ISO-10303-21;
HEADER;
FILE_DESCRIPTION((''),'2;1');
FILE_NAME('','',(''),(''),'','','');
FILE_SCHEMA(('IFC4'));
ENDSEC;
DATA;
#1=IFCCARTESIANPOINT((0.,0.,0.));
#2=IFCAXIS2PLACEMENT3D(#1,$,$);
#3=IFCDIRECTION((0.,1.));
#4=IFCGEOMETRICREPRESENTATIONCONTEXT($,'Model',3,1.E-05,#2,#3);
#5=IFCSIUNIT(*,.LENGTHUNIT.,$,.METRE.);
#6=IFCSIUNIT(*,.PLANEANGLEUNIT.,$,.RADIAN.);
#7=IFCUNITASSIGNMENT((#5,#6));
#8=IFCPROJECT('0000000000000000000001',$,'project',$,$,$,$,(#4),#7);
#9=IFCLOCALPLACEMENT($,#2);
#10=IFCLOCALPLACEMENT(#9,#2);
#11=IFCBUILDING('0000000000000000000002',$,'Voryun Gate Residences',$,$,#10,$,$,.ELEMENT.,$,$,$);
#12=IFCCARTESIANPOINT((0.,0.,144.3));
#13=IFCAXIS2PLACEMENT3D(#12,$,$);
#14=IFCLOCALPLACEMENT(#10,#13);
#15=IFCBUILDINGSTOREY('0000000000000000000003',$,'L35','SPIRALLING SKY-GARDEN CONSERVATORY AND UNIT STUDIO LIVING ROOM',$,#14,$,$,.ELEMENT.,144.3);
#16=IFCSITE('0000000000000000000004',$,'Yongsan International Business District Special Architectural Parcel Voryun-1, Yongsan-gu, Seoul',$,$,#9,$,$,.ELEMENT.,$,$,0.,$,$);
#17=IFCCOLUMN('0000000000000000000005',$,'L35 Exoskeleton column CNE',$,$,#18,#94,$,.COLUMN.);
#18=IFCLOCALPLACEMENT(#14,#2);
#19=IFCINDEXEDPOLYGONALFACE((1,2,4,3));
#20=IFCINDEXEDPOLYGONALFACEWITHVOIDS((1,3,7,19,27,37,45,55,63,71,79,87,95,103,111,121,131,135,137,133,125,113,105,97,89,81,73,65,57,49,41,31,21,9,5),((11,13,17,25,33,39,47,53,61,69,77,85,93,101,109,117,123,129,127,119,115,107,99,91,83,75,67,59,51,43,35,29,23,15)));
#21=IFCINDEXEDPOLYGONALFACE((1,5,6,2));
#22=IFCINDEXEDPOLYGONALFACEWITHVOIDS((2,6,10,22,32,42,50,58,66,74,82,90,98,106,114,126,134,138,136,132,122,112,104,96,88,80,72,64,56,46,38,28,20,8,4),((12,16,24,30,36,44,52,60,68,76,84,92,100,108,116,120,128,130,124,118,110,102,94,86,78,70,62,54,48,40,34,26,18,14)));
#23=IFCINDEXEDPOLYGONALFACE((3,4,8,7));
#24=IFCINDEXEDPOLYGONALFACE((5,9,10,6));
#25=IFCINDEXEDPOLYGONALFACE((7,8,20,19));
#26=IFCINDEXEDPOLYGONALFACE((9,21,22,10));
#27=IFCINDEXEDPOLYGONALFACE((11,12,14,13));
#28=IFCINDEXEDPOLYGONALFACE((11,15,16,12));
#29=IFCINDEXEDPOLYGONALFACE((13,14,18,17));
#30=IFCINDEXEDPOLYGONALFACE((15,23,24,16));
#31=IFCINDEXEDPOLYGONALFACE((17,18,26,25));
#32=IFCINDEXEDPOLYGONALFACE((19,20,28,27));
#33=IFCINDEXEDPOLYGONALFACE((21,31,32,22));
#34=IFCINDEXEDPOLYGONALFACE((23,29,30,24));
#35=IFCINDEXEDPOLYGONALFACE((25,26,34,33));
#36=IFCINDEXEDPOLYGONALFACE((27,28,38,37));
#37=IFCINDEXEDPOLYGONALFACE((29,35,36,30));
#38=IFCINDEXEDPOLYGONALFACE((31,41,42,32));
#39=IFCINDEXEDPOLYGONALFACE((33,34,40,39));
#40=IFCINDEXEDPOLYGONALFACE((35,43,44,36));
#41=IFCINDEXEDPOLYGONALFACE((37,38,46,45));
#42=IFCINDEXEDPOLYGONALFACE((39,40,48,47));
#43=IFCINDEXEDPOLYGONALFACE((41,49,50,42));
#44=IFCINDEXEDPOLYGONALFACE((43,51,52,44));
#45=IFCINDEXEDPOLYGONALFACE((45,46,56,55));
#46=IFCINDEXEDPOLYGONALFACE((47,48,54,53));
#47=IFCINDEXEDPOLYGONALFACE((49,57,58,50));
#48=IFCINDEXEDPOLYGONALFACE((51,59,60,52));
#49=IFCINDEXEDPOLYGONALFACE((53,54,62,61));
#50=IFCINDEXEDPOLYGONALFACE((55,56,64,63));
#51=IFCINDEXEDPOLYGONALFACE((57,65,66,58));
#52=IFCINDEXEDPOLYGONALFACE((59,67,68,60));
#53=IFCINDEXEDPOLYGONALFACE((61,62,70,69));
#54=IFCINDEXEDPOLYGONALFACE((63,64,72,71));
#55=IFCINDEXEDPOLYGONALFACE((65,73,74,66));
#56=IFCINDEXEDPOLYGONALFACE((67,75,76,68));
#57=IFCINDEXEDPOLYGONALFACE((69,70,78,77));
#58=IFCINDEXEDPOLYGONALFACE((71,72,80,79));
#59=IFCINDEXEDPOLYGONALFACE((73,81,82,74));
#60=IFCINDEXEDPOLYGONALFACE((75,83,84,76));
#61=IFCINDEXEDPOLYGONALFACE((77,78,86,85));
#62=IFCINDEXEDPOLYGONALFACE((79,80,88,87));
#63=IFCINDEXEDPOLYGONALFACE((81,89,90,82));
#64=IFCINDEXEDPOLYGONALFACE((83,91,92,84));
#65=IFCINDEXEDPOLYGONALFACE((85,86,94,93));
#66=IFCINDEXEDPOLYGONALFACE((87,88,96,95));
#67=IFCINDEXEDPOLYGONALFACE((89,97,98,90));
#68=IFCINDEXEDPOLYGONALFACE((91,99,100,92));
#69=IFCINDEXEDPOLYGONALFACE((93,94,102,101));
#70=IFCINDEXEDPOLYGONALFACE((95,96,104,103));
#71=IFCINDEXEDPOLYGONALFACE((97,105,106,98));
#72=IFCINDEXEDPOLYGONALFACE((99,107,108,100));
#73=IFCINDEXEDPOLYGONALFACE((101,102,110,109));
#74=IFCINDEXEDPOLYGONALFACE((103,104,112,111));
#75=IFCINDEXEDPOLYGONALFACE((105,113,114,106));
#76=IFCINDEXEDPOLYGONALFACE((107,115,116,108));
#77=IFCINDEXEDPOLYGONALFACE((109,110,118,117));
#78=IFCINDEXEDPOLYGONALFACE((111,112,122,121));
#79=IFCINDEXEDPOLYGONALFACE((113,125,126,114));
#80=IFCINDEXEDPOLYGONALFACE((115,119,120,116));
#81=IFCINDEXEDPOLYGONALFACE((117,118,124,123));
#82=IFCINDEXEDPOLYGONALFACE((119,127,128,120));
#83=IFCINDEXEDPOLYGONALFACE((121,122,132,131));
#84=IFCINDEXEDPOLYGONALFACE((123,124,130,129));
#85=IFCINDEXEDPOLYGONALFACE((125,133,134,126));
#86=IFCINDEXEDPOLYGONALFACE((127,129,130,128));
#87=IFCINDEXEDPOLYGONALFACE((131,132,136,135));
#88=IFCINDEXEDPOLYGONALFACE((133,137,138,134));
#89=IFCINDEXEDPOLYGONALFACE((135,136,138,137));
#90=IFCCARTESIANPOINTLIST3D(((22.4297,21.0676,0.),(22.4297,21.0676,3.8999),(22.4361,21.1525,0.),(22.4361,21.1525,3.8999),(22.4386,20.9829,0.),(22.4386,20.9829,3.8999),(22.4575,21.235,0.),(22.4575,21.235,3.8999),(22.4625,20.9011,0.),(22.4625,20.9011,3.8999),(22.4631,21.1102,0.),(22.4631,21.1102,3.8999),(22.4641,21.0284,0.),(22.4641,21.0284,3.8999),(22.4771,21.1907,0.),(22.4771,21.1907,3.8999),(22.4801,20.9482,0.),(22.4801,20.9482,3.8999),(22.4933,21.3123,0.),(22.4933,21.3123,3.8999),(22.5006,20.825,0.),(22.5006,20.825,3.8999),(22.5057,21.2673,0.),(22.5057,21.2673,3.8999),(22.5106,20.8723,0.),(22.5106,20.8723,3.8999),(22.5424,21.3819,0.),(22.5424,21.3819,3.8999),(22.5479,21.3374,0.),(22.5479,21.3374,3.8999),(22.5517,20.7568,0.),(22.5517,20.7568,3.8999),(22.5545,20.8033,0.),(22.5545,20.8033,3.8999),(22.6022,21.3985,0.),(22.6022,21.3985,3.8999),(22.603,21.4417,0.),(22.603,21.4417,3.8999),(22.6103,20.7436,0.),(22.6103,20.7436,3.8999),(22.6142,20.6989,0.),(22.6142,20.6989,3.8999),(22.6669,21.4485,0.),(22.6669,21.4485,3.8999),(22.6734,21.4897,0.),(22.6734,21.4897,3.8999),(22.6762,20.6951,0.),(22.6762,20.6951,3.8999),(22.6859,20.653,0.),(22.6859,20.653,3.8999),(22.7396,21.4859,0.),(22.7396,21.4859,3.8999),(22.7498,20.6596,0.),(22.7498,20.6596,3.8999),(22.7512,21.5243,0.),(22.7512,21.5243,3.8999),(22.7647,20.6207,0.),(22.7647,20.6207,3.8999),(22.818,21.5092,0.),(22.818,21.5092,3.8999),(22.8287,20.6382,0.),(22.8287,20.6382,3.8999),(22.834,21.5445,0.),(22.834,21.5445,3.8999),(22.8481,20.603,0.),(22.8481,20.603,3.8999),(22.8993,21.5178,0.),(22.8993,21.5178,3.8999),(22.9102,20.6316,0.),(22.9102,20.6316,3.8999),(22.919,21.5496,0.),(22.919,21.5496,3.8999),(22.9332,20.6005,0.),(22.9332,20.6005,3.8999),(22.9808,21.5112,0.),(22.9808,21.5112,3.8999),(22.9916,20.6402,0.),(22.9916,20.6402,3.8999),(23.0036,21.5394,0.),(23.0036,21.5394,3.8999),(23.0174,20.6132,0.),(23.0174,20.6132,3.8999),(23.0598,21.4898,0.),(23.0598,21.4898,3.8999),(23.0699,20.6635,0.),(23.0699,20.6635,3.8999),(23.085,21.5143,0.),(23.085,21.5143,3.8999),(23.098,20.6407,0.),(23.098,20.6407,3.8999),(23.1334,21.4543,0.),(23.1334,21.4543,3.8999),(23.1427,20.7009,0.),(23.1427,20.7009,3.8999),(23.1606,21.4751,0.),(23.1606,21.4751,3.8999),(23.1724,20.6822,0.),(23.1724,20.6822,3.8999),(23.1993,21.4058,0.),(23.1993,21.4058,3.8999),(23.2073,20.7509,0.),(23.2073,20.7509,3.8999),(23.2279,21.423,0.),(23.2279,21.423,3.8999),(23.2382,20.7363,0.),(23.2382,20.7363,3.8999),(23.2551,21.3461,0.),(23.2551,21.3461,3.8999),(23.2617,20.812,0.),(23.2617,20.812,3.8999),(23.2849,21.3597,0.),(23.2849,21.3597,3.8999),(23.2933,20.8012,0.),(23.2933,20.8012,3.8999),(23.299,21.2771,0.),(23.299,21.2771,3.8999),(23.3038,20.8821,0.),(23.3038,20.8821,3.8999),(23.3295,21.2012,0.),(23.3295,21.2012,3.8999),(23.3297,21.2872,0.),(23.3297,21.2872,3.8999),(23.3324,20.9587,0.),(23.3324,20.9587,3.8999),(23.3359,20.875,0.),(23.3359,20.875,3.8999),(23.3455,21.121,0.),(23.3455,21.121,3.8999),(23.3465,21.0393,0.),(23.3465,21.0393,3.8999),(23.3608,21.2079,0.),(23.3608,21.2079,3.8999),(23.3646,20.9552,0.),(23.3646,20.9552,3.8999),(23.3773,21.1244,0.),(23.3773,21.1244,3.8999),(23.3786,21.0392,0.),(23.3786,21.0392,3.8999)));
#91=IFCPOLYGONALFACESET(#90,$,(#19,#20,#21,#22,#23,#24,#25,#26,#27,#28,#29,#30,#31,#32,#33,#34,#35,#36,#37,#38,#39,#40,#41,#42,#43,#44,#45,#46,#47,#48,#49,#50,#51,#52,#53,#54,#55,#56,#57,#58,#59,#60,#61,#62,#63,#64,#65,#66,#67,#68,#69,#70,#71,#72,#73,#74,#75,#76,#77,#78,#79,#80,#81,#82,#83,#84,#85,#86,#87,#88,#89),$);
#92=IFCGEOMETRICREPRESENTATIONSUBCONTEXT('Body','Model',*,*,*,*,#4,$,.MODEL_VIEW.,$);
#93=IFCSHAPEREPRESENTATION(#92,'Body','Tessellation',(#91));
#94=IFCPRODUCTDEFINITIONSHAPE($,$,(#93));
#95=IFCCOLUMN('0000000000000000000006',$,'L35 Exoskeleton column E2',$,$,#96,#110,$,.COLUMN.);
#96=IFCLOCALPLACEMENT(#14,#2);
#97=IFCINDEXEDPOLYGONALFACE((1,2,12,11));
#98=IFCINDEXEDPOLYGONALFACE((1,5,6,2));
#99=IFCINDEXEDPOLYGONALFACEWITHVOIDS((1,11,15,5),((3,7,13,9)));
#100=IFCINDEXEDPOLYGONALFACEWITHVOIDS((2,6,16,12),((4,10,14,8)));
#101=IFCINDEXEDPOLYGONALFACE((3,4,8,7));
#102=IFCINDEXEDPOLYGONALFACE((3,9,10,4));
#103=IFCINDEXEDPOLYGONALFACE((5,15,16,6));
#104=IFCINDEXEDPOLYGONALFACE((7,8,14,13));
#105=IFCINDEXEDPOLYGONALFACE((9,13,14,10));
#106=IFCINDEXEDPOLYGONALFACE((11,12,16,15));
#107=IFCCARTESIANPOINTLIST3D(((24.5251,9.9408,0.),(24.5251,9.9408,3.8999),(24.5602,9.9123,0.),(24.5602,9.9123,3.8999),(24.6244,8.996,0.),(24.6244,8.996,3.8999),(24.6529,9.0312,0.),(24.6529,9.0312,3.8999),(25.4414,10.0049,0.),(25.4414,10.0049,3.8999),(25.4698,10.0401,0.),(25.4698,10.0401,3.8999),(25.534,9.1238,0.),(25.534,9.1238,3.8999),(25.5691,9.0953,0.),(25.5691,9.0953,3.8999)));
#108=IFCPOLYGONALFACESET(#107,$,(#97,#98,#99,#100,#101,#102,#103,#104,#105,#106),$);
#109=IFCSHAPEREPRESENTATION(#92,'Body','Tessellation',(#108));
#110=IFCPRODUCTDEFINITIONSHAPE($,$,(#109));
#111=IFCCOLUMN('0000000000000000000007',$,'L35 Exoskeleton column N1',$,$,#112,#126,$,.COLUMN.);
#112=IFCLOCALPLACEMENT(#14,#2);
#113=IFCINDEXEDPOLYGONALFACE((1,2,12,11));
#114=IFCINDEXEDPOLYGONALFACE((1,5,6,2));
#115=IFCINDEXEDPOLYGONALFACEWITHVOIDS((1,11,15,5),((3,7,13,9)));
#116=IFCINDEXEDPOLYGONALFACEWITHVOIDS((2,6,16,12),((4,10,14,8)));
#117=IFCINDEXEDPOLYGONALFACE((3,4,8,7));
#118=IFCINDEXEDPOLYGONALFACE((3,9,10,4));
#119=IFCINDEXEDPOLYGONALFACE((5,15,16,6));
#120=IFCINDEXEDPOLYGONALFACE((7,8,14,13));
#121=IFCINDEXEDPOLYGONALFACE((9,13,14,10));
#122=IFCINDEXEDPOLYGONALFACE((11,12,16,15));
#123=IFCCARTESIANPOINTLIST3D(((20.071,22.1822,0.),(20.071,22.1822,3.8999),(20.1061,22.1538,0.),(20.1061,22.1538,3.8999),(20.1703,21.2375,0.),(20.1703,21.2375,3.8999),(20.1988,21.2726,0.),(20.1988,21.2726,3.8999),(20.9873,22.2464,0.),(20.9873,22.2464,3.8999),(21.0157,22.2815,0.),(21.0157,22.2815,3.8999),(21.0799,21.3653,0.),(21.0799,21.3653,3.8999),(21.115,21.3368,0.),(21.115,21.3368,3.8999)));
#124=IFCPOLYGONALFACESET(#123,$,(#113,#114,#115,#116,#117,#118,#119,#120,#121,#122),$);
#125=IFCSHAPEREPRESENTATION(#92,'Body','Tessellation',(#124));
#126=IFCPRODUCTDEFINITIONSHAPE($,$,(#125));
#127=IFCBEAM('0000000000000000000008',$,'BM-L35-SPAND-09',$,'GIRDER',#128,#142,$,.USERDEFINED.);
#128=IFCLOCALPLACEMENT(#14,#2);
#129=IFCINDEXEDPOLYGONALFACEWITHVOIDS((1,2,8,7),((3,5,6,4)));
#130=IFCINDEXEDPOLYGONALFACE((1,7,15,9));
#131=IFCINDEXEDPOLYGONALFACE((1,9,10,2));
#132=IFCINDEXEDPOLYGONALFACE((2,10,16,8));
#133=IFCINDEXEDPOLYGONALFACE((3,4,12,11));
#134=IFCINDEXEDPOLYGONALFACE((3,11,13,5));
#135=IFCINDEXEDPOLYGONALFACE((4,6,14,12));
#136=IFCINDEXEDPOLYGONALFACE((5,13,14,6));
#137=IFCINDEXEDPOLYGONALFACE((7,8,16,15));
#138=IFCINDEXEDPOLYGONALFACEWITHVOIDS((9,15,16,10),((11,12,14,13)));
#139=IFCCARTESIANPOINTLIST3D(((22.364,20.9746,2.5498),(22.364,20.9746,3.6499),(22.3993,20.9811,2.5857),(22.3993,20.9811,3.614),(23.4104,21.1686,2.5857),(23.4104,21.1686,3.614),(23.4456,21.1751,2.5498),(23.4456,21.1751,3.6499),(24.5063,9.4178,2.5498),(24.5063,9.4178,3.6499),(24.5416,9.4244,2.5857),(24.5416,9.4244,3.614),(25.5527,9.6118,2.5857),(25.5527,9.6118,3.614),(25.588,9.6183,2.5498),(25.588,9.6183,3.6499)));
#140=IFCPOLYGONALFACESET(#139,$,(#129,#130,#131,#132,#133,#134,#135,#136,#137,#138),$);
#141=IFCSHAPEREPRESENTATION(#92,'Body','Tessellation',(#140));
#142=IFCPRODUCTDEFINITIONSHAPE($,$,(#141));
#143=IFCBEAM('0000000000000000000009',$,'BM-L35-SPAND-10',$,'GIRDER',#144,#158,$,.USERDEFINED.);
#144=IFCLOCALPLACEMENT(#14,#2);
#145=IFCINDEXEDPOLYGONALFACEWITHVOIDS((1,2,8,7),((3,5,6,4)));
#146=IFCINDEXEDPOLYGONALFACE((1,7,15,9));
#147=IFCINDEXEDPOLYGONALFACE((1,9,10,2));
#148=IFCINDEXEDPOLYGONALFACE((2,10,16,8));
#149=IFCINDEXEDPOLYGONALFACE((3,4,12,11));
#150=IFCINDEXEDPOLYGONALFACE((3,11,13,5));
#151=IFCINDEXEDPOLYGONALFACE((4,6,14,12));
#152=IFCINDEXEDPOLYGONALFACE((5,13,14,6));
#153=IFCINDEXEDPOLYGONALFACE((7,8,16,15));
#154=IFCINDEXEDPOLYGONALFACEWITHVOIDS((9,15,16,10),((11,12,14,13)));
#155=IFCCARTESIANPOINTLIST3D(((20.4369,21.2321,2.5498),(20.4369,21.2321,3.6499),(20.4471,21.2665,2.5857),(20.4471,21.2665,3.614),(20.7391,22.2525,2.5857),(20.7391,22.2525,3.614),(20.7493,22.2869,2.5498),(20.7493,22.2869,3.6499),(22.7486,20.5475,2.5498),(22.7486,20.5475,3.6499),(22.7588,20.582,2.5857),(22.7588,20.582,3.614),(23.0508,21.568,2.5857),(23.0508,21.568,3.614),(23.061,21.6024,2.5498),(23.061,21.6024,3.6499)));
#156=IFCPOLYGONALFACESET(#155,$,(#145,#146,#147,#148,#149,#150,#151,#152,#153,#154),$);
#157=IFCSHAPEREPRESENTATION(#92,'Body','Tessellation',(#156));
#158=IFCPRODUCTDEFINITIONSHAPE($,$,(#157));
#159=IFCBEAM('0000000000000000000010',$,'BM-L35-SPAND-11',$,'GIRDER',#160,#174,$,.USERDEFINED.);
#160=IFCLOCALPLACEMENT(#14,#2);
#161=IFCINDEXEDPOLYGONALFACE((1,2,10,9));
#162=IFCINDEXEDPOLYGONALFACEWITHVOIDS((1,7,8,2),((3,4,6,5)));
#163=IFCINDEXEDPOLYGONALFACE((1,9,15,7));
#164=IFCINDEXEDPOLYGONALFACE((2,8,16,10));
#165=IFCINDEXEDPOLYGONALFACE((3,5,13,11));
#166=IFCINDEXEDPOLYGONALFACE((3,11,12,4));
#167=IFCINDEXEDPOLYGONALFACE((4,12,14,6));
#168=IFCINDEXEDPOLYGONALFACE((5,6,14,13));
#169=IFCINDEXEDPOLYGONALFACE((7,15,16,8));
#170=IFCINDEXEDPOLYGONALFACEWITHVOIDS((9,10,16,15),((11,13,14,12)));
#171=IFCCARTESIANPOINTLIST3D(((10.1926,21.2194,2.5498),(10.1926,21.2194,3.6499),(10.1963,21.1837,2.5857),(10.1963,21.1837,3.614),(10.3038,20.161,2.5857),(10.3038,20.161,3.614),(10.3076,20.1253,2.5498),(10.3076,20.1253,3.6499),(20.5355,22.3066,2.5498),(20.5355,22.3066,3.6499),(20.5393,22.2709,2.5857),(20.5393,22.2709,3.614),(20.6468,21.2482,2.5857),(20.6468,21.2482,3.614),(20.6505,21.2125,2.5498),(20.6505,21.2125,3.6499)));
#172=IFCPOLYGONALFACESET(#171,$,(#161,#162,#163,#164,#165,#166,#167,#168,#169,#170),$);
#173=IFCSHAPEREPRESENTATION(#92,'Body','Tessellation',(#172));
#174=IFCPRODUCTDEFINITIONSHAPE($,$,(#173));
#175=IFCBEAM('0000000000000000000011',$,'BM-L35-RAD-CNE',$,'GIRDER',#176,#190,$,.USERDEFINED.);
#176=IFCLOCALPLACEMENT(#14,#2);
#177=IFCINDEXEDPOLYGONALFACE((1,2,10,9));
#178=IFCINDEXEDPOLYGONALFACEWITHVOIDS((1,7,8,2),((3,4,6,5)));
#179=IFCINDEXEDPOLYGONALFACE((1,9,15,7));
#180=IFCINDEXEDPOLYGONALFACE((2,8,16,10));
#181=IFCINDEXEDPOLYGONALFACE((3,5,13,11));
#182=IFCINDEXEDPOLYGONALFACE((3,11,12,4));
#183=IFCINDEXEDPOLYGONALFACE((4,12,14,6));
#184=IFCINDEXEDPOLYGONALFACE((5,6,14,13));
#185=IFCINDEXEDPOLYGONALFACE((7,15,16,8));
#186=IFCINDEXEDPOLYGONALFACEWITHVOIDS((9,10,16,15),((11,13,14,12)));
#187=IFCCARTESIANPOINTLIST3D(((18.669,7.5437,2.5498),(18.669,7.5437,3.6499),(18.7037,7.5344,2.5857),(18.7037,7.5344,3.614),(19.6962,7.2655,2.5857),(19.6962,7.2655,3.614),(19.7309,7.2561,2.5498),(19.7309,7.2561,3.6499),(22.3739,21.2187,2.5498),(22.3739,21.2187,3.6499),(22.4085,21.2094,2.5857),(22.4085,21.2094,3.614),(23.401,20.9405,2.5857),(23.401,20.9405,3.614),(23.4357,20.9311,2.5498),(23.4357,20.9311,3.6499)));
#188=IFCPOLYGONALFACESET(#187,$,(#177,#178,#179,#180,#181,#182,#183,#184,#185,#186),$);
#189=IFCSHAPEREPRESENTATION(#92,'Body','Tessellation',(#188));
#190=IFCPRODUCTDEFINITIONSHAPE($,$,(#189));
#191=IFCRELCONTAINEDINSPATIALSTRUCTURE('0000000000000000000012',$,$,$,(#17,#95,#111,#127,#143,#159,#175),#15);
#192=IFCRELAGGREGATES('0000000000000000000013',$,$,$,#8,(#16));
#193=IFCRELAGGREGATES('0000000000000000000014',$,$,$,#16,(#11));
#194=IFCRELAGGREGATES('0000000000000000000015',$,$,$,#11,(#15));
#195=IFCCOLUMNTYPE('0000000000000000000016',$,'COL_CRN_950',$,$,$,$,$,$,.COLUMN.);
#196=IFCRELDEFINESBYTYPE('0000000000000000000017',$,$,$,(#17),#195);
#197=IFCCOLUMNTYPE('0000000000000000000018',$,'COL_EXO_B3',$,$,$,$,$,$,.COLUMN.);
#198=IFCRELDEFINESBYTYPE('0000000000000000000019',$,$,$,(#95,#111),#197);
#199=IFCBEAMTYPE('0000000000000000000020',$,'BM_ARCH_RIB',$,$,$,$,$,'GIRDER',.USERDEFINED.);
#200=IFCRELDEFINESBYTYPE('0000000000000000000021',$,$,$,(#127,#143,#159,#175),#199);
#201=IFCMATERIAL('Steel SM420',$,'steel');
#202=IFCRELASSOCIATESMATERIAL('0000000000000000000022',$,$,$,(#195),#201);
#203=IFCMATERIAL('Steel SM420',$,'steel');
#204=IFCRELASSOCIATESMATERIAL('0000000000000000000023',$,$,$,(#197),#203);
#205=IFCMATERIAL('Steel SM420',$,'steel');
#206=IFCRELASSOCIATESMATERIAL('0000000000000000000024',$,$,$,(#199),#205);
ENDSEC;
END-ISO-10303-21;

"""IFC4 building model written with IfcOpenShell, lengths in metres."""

from ifc_helpers import new_model, si_unit, direction, frame, origin, origin_2d, place, context, subcontext, project, spatial, hollow_rectangle, hollow_circle, extrude, material, material_profile, profile_set, type_object, element, save


model = new_model("IFC4")

# Units and contexts
model_context = context("Model", 3, precision=1e-05, world=origin(), true_north=direction((0.0, 1.0)))
body_context = subcontext(model_context, "Body", "Model", "MODEL_VIEW")
ifc_project = project(units=[si_unit("LENGTHUNIT", "METRE"), si_unit("PLANEANGLEUNIT", "RADIAN")], contexts=[model_context])

# Site, building, storey
site_placement = place(None, origin())
site = spatial("IfcSite", under=ifc_project, at=site_placement, Name="Yongsan International Business District Special Architectural Parcel Voryun-1, Yongsan-gu, Seoul", CompositionType="ELEMENT", RefElevation=0.0)
building_placement = place(site_placement, origin())
building = spatial("IfcBuilding", under=site, at=building_placement, Name="Voryun Gate Residences", CompositionType="ELEMENT")
storey_placement = place(building_placement, frame((0.0, 0.0, 144.3)))
storey = spatial("IfcBuildingStorey", under=building, at=storey_placement, Name="L35", Description="SPIRALLING SKY-GARDEN CONSERVATORY AND UNIT STUDIO LIVING ROOM", CompositionType="ELEMENT", Elevation=144.3)

# Columns
ifc_material_1 = material(Name="Steel SM420", Category="steel")
ifc_material_profile_1 = material_profile(ifc_material_1, hollow_circle(Radius=0.4751, WallThickness=0.032, at=origin_2d()), Name="CHS-950x32")
ifc_profile_set_1 = profile_set([ifc_material_profile_1], Name="Steel SM420")
column_type_1 = type_object("IfcColumnType", Name="COL_CRN_950", PredefinedType="COLUMN", material=ifc_profile_set_1)
column_placement = place(storey_placement, frame((22.9048, 21.0747, 0.0), z_axis=(0.0, 0.0, 1.0), x_axis=(0.994522, 0.104528, 0.0)))
element("IfcColumn", 1, at=column_placement, inside=storey, type_object=column_type_1, Name="L35 Exoskeleton column CNE", PredefinedType="COLUMN", context=body_context, shape_type="SweptSolid", body=[
    extrude(hollow_circle(Radius=0.4751, WallThickness=0.032, at=origin_2d()), origin(), (0.0, 0.0, 1.0), 3.8999),
])
ifc_material_2 = material(Name="Steel SM420", Category="steel")
ifc_material_profile_2 = material_profile(ifc_material_2, hollow_rectangle(XDim=0.95, YDim=0.95, WallThickness=0.032, at=origin_2d()), Name="BOX-950x950x32")
ifc_profile_set_2 = profile_set([ifc_material_profile_2], Name="Steel SM420")
column_type_2 = type_object("IfcColumnType", Name="COL_EXO_B3", PredefinedType="COLUMN", material=ifc_profile_set_2)
for number, where, z_axis, x_axis, name in (
    (2, (25.0471, 9.5181, 0.0), (0.0, 0.0, 1.0), (0.994522, 0.104528, 0.0), "L35 Exoskeleton column E2"),
    (3, (20.593, 21.7595, 0.0), (0.0, 0.0, 1.0), (0.994522, 0.104528, 0.0), "L35 Exoskeleton column N1"),
):
    element("IfcColumn", number, at=place(storey_placement, frame(where, z_axis=z_axis, x_axis=x_axis)), inside=storey, type_object=column_type_2, Name=name, PredefinedType="COLUMN", context=body_context, shape_type="SweptSolid", body=[
        extrude(hollow_rectangle(XDim=0.95, YDim=0.95, WallThickness=0.032, at=origin_2d()), origin(), (0.0, 0.0, 1.0), 3.8999),
    ])

# Beams
ifc_material_3 = material(Name="Steel SM420", Category="steel")
ifc_material_profile_3 = material_profile(ifc_material_3, hollow_rectangle(XDim=1.1001, YDim=1.1001, WallThickness=0.0359, at=origin_2d()), Name="BOX-1100x1100x36")
ifc_profile_set_3 = profile_set([ifc_material_profile_3], Name="Steel SM420")
beam_type = type_object("IfcBeamType", Name="BM_ARCH_RIB", ElementType="GIRDER", PredefinedType="USERDEFINED", material=ifc_profile_set_3)
beam_1_placement = place(storey_placement, frame((25.0471, 9.5181, 3.0999), z_axis=(-0.182268, 0.983249, 0.0), x_axis=(-0.983249, -0.182268, 0.0)))
element("IfcBeam", 4, at=beam_1_placement, inside=storey, type_object=beam_type, Name="BM-L35-SPAND-09", ObjectType="GIRDER", PredefinedType="USERDEFINED", context=body_context, shape_type="SweptSolid", body=[
    extrude(hollow_rectangle(XDim=1.1001, YDim=1.1001, WallThickness=0.0359, at=origin_2d()), origin(), (0.0, 0.0, 1.0), 11.7537),
])
beam_2_placement = place(storey_placement, frame((22.9048, 21.075, 3.0999), z_axis=(-0.958843, 0.283937, 0.0), x_axis=(-0.283937, -0.958843, 0.0)))
element("IfcBeam", 5, at=beam_2_placement, inside=storey, type_object=beam_type, Name="BM-L35-SPAND-10", ObjectType="GIRDER", PredefinedType="USERDEFINED", context=body_context, shape_type="SweptSolid", body=[
    extrude(hollow_rectangle(XDim=1.1001, YDim=1.1001, WallThickness=0.0359, at=origin_2d()), origin(), (0.0, 0.0, 1.0), 2.4109),
])
beam_3_placement = place(storey_placement, frame((20.593, 21.7595, 3.0999), z_axis=(-0.994521, -0.104534, 0.0), x_axis=(0.104534, -0.994521, 0.0)))
element("IfcBeam", 6, at=beam_3_placement, inside=storey, type_object=beam_type, Name="BM-L35-SPAND-11", ObjectType="GIRDER", PredefinedType="USERDEFINED", context=body_context, shape_type="SweptSolid", body=[
    extrude(hollow_rectangle(XDim=1.1001, YDim=1.1001, WallThickness=0.0359, at=origin_2d()), origin(), (0.0, 0.0, 1.0), 10.3999),
])
beam_4_placement = place(storey_placement, frame((19.2, 7.3999, 3.0999), z_axis=(0.261493, 0.965205, 0.0), x_axis=(-0.965205, 0.261493, 0.0)))
element("IfcBeam", 7, at=beam_4_placement, inside=storey, type_object=beam_type, Name="BM-L35-RAD-CNE", ObjectType="GIRDER", PredefinedType="USERDEFINED", context=body_context, shape_type="SweptSolid", body=[
    extrude(hollow_rectangle(XDim=1.1001, YDim=1.1001, WallThickness=0.0359, at=origin_2d()), origin(), (0.0, 0.0, 1.0), 14.168),
])

save(model, "model.ifc")
